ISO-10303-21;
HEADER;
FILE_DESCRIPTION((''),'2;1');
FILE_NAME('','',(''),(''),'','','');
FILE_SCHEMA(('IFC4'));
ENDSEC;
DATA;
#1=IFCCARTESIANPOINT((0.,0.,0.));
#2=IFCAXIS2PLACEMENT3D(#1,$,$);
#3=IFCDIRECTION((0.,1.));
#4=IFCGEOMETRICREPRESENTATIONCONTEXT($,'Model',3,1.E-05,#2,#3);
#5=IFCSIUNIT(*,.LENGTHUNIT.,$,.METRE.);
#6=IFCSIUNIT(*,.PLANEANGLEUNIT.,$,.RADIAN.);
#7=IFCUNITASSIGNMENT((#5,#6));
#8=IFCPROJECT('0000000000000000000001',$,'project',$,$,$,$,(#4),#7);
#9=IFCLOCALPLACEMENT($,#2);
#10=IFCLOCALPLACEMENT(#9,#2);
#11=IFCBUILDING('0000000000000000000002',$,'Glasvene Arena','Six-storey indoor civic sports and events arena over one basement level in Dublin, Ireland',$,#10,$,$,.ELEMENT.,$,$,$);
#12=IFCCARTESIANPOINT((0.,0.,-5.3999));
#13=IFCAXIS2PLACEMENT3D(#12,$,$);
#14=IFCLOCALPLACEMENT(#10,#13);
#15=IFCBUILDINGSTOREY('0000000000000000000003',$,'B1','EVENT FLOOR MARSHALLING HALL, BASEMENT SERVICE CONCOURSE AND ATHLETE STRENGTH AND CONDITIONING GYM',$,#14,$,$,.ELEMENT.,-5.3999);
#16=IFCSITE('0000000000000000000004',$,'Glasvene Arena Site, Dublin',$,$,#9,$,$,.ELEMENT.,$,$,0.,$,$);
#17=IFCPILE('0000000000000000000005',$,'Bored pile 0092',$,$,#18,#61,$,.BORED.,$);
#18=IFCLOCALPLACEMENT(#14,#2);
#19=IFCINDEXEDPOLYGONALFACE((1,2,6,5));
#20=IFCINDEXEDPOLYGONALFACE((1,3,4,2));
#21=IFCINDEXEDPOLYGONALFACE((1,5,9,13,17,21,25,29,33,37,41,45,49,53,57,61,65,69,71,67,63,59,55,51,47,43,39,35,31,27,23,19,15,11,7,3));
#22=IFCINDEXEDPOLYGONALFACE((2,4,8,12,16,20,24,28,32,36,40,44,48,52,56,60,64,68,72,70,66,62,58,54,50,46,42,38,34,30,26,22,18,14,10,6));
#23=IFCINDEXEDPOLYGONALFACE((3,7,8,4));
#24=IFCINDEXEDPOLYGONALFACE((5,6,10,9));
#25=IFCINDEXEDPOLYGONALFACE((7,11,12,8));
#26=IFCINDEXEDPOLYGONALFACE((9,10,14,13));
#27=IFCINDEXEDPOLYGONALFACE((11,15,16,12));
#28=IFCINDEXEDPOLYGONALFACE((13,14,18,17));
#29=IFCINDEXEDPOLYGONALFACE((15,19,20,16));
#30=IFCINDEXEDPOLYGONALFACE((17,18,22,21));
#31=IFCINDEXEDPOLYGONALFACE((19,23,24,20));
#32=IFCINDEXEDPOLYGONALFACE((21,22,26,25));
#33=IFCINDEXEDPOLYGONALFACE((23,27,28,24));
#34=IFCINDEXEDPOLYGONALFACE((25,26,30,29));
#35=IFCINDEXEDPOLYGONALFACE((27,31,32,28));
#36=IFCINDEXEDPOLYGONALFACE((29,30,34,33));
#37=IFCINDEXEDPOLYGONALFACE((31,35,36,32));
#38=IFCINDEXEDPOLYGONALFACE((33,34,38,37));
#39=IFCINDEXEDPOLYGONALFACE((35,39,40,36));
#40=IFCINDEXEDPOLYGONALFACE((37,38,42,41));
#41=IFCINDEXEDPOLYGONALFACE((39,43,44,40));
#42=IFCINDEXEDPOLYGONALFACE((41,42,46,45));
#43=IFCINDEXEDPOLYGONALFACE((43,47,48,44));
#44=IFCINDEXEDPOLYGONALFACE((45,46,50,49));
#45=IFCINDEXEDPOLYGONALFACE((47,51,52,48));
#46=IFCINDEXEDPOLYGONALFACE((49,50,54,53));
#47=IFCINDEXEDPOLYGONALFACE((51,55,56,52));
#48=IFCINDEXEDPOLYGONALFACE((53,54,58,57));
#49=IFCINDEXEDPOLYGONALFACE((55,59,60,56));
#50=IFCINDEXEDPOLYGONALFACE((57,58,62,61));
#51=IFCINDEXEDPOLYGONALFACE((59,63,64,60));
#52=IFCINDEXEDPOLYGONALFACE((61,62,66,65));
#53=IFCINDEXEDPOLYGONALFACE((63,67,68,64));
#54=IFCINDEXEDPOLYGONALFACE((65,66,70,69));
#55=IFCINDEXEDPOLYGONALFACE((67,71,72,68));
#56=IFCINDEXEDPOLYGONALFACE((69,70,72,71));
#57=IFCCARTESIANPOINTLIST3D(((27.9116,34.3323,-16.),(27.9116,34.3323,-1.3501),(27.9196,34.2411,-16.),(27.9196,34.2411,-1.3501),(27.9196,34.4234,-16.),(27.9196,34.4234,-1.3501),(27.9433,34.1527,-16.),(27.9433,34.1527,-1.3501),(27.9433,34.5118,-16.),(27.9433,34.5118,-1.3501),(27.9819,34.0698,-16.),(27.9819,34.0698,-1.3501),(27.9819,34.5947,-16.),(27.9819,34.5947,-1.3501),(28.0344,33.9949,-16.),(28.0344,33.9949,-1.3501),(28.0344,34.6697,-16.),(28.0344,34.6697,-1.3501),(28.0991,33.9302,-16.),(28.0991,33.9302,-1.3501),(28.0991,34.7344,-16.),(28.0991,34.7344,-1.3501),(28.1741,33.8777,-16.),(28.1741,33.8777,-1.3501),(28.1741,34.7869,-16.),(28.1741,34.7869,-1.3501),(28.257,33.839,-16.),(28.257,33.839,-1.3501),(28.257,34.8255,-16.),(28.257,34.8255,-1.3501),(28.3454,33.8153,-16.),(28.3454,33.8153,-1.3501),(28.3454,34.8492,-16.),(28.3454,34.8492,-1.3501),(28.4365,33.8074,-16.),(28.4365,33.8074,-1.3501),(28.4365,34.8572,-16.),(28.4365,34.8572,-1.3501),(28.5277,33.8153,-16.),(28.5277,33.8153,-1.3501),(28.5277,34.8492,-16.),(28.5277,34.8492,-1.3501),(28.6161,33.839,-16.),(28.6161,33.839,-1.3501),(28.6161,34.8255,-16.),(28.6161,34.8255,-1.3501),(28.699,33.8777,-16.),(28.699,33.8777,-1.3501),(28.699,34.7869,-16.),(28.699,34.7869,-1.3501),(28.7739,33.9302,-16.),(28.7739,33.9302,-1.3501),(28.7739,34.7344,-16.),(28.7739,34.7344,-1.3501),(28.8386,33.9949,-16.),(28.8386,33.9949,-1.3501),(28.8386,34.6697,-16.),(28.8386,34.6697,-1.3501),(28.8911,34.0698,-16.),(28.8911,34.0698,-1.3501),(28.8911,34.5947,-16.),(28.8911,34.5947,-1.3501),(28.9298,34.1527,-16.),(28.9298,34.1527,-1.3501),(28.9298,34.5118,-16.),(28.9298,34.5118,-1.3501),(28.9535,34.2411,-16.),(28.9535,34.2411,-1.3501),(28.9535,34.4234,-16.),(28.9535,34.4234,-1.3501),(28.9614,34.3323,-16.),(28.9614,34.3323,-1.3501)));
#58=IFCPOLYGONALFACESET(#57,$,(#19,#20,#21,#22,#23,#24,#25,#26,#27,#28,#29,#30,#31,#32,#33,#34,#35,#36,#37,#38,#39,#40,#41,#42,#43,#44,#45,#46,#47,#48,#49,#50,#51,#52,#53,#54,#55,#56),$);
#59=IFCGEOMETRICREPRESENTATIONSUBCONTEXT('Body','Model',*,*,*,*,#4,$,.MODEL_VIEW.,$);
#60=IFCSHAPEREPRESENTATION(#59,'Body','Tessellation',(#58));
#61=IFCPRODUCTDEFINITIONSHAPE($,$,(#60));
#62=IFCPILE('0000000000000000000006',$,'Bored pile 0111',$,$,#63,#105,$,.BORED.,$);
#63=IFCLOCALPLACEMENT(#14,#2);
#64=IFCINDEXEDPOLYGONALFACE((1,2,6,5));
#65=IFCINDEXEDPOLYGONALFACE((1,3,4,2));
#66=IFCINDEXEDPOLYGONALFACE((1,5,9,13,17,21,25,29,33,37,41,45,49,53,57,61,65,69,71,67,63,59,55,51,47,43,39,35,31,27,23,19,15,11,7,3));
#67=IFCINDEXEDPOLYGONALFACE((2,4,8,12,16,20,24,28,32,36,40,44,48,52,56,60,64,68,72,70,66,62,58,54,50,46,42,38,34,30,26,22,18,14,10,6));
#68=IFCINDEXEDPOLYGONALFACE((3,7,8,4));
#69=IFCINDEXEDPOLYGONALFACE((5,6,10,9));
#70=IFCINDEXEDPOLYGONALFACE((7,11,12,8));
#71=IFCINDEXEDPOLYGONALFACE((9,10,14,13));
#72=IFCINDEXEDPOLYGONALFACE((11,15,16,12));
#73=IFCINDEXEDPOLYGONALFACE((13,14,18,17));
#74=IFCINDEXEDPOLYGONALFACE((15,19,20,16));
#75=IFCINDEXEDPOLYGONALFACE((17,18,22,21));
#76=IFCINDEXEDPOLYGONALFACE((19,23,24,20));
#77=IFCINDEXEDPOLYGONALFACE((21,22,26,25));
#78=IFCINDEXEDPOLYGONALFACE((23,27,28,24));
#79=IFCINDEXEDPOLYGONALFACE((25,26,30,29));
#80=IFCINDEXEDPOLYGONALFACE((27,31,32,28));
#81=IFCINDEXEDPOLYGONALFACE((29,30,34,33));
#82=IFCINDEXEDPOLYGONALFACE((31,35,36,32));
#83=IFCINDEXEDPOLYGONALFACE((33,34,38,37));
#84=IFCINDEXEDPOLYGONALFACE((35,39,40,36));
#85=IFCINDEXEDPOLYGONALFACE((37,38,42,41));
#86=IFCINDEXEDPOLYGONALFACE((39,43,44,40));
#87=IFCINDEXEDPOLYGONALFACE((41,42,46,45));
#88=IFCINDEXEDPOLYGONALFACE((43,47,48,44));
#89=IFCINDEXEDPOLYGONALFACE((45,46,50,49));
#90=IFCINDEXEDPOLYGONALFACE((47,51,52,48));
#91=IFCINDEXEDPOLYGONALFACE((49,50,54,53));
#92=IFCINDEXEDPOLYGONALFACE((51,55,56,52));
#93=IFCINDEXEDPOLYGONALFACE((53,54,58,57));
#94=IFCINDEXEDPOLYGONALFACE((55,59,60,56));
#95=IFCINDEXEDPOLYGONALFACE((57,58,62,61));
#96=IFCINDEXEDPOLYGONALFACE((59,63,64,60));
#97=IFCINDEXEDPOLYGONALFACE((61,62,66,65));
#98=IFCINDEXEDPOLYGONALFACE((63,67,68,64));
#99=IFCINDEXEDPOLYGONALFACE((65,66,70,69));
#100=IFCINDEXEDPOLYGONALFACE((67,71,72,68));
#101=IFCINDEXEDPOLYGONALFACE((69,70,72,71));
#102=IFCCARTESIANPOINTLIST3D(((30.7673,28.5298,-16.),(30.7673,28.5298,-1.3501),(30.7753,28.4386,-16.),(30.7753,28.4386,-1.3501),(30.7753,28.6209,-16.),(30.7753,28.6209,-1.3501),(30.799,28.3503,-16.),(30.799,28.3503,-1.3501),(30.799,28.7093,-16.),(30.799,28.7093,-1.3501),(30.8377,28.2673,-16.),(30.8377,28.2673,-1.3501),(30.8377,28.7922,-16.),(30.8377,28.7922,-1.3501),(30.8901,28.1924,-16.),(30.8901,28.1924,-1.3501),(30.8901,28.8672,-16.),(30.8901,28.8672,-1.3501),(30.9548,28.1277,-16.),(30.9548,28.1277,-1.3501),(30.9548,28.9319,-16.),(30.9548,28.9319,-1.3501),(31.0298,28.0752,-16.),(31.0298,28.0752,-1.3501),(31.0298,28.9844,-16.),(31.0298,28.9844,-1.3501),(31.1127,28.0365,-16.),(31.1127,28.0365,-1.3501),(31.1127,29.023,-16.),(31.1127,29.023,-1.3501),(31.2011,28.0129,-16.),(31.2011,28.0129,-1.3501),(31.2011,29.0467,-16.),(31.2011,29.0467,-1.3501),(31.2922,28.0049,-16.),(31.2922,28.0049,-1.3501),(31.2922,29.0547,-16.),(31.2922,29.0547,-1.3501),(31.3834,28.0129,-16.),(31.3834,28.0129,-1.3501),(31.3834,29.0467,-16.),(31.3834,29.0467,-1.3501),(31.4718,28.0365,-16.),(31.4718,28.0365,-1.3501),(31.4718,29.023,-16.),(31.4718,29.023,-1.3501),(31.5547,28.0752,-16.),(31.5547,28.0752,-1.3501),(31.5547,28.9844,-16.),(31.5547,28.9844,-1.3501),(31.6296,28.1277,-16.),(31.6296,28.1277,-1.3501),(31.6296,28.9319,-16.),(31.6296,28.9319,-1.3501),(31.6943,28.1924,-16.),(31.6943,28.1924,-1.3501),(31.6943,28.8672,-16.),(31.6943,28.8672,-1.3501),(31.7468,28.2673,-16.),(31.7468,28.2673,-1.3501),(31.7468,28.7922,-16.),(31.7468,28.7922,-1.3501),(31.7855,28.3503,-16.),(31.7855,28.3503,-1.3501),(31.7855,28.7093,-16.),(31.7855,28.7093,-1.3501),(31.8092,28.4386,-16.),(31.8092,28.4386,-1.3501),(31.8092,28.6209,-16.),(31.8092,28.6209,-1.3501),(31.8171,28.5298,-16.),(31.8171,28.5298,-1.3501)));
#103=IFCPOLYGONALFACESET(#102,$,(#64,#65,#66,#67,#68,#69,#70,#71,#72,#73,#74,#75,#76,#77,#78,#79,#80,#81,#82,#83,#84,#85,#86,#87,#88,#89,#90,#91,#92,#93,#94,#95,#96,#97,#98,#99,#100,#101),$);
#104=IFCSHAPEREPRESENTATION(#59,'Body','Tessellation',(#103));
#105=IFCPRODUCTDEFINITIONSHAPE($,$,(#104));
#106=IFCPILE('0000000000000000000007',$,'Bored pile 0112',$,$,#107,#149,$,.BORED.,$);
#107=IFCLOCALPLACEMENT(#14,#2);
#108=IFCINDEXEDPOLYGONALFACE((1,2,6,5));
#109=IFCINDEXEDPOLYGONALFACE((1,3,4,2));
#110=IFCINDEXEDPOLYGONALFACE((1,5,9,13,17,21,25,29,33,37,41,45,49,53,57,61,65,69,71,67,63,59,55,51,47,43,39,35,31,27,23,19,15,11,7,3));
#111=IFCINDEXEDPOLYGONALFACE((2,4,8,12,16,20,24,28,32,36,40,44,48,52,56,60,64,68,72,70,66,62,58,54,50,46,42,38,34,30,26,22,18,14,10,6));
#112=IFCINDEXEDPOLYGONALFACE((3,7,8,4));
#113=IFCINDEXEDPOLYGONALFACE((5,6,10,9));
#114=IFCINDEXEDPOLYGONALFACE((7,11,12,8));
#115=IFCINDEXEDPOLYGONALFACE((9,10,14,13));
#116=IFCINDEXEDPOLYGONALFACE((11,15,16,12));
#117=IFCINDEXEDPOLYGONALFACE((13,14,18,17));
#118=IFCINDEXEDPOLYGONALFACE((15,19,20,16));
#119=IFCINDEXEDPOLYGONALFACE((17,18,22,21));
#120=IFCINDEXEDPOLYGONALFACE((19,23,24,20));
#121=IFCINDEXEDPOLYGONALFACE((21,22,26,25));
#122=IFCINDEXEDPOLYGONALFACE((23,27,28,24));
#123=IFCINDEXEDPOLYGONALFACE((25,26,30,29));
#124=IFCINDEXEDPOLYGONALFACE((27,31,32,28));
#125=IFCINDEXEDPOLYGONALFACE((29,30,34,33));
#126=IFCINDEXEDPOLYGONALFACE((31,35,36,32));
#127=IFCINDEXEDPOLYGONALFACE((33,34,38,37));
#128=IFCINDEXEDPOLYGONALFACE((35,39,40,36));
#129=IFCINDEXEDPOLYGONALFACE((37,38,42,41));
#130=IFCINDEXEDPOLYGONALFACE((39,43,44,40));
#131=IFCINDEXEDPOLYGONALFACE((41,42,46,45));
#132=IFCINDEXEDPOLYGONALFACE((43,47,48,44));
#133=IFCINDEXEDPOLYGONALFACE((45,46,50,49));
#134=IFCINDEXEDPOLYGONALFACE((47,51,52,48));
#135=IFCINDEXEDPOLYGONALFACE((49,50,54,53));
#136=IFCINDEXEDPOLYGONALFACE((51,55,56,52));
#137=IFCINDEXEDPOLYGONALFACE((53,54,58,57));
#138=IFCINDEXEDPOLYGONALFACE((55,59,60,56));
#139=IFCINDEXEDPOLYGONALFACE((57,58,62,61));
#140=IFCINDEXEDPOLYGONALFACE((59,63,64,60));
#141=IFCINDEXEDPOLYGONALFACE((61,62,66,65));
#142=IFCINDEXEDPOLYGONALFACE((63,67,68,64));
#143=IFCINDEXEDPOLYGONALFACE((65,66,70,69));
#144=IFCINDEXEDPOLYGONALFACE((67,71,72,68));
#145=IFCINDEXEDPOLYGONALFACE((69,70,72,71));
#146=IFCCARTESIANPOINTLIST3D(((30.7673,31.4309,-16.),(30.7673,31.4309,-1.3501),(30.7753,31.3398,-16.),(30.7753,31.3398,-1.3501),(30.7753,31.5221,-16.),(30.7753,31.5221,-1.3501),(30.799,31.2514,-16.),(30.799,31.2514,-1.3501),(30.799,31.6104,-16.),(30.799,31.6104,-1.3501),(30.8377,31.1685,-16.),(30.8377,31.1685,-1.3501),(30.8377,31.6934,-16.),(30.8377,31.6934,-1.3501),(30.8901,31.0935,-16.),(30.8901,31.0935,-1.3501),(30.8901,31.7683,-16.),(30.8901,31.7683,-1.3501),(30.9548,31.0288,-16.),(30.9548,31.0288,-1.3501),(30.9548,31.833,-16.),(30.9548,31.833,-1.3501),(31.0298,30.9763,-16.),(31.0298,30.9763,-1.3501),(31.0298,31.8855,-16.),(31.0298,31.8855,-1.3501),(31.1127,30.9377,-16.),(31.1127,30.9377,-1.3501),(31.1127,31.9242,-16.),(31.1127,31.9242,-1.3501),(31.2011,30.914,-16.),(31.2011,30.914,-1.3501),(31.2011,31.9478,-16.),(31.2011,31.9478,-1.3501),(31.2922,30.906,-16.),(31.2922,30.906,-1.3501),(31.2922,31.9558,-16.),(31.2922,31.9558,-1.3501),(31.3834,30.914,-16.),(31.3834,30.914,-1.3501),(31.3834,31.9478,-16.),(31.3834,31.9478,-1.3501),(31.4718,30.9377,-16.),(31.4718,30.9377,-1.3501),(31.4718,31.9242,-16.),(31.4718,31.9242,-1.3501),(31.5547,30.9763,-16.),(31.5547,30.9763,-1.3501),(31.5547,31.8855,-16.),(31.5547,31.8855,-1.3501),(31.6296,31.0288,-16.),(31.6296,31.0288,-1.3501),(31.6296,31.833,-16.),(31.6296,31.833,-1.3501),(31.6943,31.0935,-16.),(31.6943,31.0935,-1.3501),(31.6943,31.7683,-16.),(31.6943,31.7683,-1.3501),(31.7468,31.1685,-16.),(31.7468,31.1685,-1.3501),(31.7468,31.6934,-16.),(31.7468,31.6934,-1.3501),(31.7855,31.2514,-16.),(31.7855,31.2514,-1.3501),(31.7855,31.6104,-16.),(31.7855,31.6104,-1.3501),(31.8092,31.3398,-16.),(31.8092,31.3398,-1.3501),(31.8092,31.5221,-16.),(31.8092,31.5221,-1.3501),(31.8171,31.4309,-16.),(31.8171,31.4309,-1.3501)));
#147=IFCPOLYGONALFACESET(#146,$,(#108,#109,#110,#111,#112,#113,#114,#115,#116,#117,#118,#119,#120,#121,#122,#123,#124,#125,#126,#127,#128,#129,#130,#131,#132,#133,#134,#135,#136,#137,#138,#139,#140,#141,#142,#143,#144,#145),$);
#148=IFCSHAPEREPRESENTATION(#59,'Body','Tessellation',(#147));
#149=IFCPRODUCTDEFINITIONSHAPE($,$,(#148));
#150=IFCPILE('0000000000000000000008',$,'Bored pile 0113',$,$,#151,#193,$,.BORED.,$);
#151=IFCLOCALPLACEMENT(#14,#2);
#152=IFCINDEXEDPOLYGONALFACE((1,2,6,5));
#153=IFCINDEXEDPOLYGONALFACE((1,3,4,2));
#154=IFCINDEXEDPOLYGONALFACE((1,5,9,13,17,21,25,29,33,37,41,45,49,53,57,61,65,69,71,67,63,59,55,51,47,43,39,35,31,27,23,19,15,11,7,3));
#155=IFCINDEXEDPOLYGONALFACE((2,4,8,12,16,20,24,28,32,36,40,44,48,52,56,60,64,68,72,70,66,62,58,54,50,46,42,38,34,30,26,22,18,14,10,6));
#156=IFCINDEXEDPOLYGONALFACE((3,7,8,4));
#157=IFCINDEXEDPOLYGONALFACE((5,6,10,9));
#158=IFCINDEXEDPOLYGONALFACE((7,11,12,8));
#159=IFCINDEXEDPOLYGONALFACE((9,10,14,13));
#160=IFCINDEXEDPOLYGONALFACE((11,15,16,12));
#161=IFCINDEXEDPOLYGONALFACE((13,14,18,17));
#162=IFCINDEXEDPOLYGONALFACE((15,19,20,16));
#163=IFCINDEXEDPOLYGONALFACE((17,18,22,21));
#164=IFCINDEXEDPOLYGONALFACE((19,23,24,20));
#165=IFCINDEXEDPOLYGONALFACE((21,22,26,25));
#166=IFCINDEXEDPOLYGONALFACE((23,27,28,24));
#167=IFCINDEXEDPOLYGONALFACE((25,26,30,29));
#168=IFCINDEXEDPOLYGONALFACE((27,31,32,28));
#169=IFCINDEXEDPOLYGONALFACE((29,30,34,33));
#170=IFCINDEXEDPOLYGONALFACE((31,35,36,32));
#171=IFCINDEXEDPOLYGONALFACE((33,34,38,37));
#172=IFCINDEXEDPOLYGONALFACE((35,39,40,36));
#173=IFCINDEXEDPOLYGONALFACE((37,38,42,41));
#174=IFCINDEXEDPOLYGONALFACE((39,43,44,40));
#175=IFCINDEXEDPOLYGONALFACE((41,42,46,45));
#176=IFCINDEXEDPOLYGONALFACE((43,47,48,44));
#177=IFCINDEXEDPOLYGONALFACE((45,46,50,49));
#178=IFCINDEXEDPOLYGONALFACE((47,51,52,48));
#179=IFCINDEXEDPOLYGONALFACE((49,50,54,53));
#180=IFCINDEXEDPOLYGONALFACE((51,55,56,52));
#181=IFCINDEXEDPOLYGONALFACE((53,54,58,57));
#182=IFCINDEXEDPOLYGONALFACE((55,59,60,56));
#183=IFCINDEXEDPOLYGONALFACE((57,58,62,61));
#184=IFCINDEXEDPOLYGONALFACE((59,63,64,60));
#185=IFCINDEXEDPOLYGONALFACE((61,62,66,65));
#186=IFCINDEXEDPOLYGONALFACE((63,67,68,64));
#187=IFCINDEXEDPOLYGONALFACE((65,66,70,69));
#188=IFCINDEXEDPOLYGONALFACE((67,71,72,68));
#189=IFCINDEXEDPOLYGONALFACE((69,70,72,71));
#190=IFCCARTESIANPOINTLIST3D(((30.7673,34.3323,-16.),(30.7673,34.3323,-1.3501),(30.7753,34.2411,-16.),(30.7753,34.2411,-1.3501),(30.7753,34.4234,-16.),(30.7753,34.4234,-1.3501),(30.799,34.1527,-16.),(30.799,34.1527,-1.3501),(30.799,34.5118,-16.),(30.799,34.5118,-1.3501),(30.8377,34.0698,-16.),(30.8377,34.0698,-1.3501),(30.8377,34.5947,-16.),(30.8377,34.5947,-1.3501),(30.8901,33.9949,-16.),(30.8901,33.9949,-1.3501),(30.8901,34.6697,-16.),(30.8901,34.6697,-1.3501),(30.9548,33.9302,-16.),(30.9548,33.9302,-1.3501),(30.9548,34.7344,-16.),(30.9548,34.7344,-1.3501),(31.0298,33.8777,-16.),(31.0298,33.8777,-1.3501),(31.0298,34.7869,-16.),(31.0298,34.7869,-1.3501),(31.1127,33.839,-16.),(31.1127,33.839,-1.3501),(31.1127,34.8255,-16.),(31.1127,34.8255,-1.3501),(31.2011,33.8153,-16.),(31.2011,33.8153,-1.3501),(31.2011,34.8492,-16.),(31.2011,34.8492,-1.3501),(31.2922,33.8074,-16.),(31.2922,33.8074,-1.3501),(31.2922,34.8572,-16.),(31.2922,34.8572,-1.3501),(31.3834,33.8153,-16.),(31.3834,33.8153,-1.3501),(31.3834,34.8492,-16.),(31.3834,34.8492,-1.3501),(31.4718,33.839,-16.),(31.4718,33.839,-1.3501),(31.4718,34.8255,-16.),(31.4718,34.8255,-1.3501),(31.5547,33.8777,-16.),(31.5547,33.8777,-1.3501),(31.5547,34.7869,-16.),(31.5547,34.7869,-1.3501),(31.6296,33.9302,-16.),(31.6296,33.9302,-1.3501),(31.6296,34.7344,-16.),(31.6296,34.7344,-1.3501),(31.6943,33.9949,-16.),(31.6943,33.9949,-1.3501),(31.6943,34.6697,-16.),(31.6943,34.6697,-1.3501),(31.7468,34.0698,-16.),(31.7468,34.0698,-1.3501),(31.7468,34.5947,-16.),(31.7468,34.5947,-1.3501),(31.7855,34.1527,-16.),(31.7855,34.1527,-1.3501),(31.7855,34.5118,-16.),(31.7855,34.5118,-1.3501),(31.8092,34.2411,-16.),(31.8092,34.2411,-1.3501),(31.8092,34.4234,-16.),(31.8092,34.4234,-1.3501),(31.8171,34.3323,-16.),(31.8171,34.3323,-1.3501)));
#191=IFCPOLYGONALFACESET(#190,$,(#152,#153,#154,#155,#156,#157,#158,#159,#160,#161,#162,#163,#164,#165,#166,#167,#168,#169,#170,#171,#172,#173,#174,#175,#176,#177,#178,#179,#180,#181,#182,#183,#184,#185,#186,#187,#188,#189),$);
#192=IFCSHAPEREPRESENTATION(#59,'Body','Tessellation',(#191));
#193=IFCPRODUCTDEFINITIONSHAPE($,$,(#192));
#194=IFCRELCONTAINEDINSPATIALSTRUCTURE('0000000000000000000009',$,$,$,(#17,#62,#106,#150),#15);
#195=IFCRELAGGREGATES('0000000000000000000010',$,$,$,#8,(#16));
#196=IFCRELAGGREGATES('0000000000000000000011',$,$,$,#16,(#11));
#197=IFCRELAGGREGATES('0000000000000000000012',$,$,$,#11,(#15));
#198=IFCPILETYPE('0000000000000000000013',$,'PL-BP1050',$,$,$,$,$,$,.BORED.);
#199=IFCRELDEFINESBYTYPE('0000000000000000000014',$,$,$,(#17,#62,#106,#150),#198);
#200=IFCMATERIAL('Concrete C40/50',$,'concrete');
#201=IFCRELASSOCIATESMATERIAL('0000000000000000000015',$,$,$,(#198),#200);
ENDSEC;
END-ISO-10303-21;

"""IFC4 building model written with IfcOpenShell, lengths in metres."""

from ifc_helpers import new_model, si_unit, direction, frame, origin, origin_2d, place, context, subcontext, project, spatial, circle, extrude, material, material_profile, profile_set, type_object, element, save


model = new_model("IFC4")

# Units and contexts
model_context = context("Model", 3, precision=1e-05, world=origin(), true_north=direction((0.0, 1.0)))
body_context = subcontext(model_context, "Body", "Model", "MODEL_VIEW")
ifc_project = project(units=[si_unit("LENGTHUNIT", "METRE"), si_unit("PLANEANGLEUNIT", "RADIAN")], contexts=[model_context])

# Site, building, storey
site_placement = place(None, origin())
site = spatial("IfcSite", under=ifc_project, at=site_placement, Name="Glasvene Arena Site, Dublin", CompositionType="ELEMENT", RefElevation=0.0)
building_placement = place(site_placement, origin())
building = spatial("IfcBuilding", under=site, at=building_placement, Name="Glasvene Arena", Description="Six-storey indoor civic sports and events arena over one basement level in Dublin, Ireland", CompositionType="ELEMENT")
storey_placement = place(building_placement, frame((0.0, 0.0, -5.3999)))
storey = spatial("IfcBuildingStorey", under=building, at=storey_placement, Name="B1", Description="EVENT FLOOR MARSHALLING HALL, BASEMENT SERVICE CONCOURSE AND ATHLETE STRENGTH AND CONDITIONING GYM", CompositionType="ELEMENT", Elevation=-5.3999)

# Piles
ifc_material_1 = material(Name="Concrete C40/50", Category="concrete")
ifc_material_profile_1 = material_profile(ifc_material_1, circle(Radius=0.5249, at=origin_2d()), Name="BORED PILE 1050")
ifc_profile_set_1 = profile_set([ifc_material_profile_1], Name="Concrete C40/50")
pile_type = type_object("IfcPileType", Name="PL-BP1050", PredefinedType="BORED", material=ifc_profile_set_1)
for number, where, z_axis, x_axis, name in (
    (1, (28.4365, 34.3323, -1.3501), (0.0, 0.0, -1.0), (1.0, 0.0, 0.0), "Bored pile 0092"),
    (2, (31.2922, 28.5298, -1.3501), (0.0, 0.0, -1.0), (1.0, 0.0, 0.0), "Bored pile 0111"),
    (3, (31.2922, 31.4309, -1.3501), (0.0, 0.0, -1.0), (1.0, 0.0, 0.0), "Bored pile 0112"),
    (4, (31.2922, 34.3323, -1.3501), (0.0, 0.0, -1.0), (1.0, 0.0, 0.0), "Bored pile 0113"),
):
    element("IfcPile", number, at=place(storey_placement, frame(where, z_axis=z_axis, x_axis=x_axis)), inside=storey, type_object=pile_type, Name=name, PredefinedType="BORED", context=body_context, shape_type="SweptSolid", body=[
        extrude(circle(Radius=0.5249, at=origin_2d()), origin(), (0.0, 0.0, 1.0), 14.6499),
    ])

save(model, "model.ifc")
